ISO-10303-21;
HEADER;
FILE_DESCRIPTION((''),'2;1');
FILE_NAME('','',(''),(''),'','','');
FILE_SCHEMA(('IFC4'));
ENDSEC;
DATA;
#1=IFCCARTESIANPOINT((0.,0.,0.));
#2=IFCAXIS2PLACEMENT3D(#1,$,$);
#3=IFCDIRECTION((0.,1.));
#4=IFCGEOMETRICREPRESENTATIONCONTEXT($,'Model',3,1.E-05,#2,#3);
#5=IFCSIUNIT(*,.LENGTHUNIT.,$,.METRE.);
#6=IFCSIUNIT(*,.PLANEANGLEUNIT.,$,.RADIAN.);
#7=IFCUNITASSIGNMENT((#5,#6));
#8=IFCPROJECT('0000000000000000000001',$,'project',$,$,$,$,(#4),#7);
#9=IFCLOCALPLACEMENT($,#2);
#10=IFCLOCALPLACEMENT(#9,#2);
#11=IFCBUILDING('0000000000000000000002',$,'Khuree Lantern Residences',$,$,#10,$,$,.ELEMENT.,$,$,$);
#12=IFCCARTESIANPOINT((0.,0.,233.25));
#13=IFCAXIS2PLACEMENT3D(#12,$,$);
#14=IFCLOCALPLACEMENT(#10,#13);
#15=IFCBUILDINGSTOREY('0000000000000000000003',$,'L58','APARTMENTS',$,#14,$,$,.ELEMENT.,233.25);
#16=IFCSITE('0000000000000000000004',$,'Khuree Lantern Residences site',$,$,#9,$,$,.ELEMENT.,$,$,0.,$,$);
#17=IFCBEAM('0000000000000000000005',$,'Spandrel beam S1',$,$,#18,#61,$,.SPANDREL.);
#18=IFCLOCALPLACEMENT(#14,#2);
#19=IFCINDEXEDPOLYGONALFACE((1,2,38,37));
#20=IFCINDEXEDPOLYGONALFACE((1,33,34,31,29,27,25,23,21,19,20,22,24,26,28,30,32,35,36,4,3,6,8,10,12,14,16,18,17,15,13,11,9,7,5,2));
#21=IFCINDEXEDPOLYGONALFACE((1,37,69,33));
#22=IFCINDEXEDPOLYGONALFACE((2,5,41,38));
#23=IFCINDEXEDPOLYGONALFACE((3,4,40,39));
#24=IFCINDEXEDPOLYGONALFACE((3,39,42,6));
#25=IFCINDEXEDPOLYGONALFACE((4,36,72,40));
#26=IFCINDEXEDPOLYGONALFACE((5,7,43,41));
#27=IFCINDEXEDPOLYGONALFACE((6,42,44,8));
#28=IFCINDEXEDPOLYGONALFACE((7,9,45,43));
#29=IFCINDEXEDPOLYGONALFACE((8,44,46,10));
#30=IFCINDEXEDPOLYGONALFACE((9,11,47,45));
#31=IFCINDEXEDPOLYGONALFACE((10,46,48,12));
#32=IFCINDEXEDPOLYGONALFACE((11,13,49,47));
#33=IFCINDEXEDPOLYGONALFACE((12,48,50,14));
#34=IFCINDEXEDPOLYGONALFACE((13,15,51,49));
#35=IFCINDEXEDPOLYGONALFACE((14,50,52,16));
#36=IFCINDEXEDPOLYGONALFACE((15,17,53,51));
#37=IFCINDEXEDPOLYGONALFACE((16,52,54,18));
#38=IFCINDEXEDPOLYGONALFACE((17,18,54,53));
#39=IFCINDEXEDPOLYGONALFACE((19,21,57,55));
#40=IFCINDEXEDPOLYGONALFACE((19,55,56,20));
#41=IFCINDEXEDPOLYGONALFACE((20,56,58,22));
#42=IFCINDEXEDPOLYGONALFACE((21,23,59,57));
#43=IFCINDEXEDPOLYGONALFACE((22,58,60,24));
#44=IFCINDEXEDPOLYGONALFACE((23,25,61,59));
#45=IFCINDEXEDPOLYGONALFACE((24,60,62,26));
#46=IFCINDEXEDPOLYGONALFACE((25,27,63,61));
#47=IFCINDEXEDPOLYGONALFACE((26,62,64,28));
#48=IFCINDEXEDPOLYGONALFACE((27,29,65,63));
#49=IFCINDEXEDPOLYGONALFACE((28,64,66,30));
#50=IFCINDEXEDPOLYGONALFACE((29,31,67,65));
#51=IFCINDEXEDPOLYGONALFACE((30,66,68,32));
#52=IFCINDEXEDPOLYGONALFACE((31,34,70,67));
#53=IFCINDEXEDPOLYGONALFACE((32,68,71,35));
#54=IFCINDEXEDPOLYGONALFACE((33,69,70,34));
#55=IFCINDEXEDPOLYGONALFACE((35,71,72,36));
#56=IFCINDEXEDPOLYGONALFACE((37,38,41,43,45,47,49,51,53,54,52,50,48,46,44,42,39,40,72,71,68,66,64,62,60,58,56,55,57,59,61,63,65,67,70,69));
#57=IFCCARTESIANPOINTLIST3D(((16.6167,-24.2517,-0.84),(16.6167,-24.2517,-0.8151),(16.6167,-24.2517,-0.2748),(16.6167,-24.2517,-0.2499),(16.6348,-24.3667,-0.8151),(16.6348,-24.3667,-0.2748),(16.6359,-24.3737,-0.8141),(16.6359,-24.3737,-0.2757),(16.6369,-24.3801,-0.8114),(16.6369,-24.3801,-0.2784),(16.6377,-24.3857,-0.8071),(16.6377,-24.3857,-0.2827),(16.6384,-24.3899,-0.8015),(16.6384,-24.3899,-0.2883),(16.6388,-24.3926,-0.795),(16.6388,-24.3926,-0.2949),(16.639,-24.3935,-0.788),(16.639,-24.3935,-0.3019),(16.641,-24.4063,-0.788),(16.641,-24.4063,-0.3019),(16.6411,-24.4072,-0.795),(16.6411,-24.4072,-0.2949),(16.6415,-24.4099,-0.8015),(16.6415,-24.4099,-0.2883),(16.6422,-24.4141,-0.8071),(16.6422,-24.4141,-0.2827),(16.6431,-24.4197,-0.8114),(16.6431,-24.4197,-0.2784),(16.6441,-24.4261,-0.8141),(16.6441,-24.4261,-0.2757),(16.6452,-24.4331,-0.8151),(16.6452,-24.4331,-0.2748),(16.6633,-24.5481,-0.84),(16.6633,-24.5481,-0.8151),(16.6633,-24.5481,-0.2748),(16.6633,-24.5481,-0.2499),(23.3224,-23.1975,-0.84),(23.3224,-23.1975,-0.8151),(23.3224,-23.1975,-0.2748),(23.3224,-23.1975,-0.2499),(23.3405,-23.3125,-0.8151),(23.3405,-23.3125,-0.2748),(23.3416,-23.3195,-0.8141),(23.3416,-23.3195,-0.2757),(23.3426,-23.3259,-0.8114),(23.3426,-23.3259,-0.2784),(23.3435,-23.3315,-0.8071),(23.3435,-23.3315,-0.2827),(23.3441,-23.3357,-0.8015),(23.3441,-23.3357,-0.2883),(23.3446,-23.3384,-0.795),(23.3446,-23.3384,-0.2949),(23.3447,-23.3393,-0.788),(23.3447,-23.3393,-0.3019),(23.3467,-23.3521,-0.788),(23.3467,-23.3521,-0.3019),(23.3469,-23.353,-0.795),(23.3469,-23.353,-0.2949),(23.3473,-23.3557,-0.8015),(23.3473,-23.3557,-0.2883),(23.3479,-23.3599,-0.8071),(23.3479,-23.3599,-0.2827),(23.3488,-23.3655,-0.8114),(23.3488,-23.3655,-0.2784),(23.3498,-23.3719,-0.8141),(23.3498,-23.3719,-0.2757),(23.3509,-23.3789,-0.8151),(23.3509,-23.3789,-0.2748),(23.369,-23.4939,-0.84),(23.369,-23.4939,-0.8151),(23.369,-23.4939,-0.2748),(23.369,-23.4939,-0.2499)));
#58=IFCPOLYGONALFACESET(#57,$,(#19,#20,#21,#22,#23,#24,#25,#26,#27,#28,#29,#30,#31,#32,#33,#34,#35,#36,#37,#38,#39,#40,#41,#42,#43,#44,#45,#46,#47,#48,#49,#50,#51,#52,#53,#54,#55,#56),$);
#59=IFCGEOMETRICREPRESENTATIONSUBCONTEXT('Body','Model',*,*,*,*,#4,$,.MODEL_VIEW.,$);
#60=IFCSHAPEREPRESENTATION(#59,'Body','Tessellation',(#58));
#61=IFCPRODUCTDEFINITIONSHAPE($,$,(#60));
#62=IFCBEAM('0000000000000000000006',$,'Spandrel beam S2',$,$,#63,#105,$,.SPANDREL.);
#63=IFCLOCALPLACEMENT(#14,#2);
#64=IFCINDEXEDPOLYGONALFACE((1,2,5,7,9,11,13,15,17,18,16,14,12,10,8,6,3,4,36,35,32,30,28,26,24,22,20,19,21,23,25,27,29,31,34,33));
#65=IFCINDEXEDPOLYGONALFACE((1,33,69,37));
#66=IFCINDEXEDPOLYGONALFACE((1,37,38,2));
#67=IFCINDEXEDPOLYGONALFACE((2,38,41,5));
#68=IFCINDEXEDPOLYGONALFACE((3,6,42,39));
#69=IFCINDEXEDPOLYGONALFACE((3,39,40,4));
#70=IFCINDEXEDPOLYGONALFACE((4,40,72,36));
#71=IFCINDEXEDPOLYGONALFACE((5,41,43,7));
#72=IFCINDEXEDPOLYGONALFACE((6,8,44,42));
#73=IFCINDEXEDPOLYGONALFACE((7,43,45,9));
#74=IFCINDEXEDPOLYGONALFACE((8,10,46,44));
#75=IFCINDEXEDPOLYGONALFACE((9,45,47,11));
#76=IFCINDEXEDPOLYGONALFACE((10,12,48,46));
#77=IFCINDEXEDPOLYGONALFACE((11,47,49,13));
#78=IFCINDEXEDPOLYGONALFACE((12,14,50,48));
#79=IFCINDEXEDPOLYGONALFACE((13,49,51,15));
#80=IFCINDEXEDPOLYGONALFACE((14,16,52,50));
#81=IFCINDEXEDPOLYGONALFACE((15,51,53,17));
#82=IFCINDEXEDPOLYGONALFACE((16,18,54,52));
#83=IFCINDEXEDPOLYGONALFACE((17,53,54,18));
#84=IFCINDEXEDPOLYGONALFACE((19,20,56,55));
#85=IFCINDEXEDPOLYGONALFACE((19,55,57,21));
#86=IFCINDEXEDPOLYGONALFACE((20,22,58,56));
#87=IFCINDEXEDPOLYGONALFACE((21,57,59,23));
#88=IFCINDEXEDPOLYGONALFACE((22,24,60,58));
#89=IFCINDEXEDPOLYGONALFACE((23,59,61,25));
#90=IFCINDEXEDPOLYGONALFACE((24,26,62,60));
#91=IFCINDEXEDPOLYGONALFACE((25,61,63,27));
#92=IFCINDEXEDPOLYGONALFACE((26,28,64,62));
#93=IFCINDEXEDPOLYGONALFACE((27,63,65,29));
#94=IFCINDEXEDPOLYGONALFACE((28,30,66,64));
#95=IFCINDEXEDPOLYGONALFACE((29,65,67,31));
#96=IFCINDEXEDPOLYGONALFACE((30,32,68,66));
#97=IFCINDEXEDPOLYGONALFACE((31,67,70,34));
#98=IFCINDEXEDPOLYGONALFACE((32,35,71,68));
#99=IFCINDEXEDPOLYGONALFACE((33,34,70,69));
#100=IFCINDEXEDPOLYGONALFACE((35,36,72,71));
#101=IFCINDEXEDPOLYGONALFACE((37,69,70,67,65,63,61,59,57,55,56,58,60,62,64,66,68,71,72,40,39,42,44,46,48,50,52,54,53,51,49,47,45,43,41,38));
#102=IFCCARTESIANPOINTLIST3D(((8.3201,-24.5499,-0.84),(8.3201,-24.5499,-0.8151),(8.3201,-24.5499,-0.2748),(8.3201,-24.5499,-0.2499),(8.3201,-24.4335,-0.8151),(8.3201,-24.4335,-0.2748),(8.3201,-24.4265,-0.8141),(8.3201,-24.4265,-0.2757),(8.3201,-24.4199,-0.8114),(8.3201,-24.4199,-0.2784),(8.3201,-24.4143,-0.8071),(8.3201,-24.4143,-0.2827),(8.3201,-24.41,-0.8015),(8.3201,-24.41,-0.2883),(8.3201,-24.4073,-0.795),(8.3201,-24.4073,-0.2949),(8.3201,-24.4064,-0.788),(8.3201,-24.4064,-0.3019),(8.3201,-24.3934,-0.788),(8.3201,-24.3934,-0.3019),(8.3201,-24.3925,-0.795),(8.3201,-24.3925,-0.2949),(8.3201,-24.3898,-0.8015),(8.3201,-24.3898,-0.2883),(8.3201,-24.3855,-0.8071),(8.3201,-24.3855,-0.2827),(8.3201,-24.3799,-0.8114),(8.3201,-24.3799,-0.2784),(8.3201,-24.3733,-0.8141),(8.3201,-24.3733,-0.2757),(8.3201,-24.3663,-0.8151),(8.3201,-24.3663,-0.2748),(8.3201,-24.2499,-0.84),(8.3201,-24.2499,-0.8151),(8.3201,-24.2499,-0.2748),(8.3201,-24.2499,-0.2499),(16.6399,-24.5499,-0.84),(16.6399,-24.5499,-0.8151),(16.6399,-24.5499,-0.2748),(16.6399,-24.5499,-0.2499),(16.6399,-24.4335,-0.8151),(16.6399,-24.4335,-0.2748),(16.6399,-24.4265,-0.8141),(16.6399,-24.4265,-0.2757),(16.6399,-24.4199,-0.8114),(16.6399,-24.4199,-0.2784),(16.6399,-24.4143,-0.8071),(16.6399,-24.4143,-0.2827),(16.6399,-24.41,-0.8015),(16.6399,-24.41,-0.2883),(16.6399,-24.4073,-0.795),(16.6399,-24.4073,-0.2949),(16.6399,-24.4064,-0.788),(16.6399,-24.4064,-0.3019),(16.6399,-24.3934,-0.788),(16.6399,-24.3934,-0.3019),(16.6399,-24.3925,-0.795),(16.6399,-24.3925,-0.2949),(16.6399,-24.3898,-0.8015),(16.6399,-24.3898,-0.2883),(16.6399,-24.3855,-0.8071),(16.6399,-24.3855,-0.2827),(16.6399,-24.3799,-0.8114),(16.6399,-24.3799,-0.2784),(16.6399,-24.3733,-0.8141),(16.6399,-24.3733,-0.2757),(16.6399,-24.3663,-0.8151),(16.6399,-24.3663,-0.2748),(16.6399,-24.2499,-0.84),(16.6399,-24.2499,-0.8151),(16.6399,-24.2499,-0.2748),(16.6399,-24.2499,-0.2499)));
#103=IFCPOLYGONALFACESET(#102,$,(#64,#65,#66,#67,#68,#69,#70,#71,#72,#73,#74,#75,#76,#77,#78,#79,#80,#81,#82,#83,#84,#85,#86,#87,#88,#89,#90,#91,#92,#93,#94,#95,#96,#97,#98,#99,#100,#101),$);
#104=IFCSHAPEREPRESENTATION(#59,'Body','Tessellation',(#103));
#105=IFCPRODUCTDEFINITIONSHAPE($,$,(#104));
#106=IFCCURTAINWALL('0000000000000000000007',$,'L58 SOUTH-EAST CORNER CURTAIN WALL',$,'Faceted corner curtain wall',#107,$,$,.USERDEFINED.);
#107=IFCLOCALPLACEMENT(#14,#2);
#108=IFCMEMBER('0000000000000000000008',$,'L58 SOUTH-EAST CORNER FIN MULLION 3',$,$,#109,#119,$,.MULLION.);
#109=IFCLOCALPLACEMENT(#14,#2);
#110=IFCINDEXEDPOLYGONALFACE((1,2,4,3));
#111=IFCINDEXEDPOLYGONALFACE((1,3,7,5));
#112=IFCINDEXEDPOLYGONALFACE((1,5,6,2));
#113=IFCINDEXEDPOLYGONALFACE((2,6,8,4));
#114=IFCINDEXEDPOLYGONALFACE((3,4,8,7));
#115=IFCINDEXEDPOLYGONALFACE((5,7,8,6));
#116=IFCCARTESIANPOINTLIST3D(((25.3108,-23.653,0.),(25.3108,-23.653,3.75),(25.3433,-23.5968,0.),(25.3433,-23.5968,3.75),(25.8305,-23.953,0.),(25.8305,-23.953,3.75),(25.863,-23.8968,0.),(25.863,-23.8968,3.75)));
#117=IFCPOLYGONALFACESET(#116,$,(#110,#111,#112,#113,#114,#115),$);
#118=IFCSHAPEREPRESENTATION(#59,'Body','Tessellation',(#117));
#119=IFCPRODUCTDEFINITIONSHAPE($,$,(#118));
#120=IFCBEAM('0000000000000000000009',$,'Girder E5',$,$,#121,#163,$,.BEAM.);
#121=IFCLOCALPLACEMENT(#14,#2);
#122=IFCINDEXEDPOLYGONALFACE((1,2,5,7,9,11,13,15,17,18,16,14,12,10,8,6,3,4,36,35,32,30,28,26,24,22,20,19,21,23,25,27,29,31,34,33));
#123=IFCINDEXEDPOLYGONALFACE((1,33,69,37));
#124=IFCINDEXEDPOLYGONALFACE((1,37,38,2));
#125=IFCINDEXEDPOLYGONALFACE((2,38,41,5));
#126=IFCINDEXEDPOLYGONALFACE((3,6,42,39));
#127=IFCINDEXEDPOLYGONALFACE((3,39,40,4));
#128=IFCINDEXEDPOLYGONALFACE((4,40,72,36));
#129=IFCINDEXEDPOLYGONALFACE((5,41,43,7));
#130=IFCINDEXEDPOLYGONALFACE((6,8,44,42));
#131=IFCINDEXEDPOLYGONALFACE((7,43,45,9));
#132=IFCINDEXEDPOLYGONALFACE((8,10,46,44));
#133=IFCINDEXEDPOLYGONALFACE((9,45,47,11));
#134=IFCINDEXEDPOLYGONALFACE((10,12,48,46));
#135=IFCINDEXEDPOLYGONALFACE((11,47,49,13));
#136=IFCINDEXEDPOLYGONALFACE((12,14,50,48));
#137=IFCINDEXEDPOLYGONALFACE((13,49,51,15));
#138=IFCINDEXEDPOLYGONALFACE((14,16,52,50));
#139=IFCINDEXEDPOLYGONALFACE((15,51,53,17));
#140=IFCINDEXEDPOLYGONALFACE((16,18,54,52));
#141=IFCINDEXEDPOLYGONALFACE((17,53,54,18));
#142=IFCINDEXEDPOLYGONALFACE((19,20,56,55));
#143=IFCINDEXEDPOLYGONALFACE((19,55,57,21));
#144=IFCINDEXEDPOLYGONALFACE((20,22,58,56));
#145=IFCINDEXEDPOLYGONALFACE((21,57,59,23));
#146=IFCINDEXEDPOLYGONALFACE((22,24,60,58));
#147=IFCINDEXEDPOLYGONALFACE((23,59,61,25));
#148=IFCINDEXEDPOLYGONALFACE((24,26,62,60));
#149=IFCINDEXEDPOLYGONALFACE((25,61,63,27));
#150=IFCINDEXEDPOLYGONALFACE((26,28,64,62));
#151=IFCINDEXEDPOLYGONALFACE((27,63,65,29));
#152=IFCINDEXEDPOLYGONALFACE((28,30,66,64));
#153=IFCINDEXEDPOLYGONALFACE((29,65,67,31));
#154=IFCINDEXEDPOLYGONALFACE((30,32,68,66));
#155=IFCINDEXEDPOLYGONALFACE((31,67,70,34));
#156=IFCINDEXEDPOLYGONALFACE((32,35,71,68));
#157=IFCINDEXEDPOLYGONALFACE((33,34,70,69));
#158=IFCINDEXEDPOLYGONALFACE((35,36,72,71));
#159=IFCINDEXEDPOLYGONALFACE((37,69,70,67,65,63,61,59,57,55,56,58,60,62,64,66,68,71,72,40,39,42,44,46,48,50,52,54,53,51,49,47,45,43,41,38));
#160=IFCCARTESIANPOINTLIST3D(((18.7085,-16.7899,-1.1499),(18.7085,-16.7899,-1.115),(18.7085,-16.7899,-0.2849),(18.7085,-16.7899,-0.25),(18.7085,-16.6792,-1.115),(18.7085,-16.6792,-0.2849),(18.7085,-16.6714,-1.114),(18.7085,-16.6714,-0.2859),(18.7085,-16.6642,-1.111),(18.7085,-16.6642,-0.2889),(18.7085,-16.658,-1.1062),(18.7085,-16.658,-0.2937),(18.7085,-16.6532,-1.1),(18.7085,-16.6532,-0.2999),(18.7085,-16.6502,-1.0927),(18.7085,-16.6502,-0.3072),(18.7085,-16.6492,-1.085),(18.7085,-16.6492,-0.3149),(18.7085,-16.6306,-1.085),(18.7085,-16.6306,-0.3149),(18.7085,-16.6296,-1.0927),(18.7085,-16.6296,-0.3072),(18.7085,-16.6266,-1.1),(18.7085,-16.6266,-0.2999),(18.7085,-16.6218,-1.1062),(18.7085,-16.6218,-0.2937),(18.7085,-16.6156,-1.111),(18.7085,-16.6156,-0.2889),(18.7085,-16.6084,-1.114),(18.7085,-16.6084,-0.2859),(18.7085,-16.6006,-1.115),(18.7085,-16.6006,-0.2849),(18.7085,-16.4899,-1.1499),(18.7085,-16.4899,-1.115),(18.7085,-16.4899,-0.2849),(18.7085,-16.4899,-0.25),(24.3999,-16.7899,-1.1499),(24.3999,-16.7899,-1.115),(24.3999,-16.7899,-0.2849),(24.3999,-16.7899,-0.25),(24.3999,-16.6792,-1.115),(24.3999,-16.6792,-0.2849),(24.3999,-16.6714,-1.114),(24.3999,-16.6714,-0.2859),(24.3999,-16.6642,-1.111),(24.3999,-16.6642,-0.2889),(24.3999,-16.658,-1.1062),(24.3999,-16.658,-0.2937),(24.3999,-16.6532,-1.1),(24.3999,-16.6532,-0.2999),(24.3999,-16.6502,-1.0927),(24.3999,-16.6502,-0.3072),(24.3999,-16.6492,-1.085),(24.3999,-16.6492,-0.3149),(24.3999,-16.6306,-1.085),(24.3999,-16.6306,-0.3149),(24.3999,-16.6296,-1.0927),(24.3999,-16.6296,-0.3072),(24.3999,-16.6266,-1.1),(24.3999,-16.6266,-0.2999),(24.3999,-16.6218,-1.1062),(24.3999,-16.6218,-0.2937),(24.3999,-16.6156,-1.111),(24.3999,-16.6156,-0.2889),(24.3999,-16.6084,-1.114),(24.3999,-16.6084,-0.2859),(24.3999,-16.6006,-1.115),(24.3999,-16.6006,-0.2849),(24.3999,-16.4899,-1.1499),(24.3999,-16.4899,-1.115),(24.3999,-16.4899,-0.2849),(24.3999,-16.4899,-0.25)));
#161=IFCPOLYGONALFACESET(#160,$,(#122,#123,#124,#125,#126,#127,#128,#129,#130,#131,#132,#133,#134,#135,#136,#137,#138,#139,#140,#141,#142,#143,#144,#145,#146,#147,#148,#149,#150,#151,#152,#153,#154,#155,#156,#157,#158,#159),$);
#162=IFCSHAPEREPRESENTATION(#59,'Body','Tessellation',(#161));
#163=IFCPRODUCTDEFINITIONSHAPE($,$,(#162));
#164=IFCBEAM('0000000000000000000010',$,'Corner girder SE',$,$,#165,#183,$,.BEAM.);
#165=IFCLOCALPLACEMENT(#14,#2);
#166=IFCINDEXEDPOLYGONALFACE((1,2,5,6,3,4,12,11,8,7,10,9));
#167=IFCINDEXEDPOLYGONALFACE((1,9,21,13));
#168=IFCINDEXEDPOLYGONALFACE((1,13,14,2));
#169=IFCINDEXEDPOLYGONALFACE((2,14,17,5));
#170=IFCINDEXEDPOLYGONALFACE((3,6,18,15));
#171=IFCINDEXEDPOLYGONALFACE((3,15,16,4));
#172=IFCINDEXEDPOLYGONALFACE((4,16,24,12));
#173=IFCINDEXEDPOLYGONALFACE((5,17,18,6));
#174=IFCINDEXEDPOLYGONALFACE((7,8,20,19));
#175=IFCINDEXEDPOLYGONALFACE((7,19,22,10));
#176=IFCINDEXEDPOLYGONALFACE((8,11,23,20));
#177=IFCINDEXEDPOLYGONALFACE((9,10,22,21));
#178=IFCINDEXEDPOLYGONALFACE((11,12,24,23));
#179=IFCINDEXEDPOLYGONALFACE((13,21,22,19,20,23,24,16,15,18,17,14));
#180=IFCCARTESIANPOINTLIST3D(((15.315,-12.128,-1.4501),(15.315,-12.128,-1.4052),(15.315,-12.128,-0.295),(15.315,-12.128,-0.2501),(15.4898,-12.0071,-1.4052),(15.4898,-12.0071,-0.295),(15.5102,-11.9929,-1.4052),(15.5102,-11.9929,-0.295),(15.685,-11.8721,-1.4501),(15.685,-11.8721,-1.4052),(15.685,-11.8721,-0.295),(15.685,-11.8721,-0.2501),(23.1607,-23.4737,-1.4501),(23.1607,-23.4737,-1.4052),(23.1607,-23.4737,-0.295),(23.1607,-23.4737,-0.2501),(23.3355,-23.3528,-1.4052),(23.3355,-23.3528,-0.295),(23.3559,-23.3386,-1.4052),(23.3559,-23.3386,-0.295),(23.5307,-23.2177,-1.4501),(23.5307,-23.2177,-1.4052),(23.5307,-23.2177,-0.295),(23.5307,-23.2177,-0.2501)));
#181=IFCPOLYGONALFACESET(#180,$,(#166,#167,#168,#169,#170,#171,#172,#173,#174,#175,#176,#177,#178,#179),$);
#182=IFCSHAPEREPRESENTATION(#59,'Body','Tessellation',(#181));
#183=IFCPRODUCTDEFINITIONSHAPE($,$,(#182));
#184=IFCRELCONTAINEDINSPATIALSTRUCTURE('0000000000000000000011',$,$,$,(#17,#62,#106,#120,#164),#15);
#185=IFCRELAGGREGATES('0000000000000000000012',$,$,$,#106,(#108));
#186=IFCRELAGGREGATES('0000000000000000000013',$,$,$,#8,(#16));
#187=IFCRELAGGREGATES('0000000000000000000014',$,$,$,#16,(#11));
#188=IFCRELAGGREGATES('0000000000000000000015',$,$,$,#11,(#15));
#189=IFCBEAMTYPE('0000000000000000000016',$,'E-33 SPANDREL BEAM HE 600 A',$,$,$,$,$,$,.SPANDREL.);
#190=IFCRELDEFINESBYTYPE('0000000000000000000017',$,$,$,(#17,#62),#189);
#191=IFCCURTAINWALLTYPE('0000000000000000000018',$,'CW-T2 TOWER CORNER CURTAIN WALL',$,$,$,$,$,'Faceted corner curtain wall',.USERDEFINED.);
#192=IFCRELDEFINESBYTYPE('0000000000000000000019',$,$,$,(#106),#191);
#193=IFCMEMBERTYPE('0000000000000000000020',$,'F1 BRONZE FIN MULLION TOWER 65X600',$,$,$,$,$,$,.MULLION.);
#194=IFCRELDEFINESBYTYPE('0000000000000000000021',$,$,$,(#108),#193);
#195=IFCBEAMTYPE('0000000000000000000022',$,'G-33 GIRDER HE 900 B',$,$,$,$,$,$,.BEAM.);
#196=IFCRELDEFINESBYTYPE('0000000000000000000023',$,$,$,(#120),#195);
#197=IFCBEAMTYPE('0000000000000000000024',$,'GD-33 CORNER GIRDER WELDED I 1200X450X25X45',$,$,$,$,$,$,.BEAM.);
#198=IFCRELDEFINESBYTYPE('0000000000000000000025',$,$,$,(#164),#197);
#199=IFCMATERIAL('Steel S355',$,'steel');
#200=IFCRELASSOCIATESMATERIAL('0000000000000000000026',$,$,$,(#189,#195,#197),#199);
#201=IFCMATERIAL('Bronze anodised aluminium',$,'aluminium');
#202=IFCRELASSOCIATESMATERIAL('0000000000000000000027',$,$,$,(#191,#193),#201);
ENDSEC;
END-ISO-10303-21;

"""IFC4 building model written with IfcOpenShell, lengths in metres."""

from ifc_helpers import new_model, si_unit, direction, frame, origin, origin_2d, place, context, subcontext, project, spatial, rectangle, i_section, extrude, material, material_profile, profile_set, type_object, element, aggregate, save


model = new_model("IFC4")

# Units and contexts
model_context = context("Model", 3, precision=1e-05, world=origin(), true_north=direction((0.0, 1.0)))
body_context = subcontext(model_context, "Body", "Model", "MODEL_VIEW")
ifc_project = project(units=[si_unit("LENGTHUNIT", "METRE"), si_unit("PLANEANGLEUNIT", "RADIAN")], contexts=[model_context])

# Site, building, storey
site_placement = place(None, origin())
site = spatial("IfcSite", under=ifc_project, at=site_placement, Name="Khuree Lantern Residences site", CompositionType="ELEMENT", RefElevation=0.0)
building_placement = place(site_placement, origin())
building = spatial("IfcBuilding", under=site, at=building_placement, Name="Khuree Lantern Residences", CompositionType="ELEMENT")
storey_placement = place(building_placement, frame((0.0, 0.0, 233.25)))
storey = spatial("IfcBuildingStorey", under=building, at=storey_placement, Name="L58", Description="APARTMENTS", CompositionType="ELEMENT", Elevation=233.25)

# Beams
ifc_material_1 = material(Name="Steel S355", Category="steel")
ifc_material_profile_1 = material_profile(ifc_material_1, i_section(OverallWidth=0.3, OverallDepth=0.5901, WebThickness=0.0129, FlangeThickness=0.0249, FilletRadius=0.0271, at=origin_2d()), Name="HE 600 A")
ifc_profile_set_1 = profile_set([ifc_material_profile_1], Name="Steel S355")
beam_type_1 = type_object("IfcBeamType", Name="E-33 SPANDREL BEAM HE 600 A", PredefinedType="SPANDREL", material=ifc_profile_set_1)
for number, where, z_axis, x_axis, name in (
    (1, (23.3457, -23.3457, -0.5449), (-0.987867, -0.1553, 0.0), (0.1553, -0.987867, 0.0), "Spandrel beam S1"),
):
    element("IfcBeam", number, at=place(storey_placement, frame(where, z_axis=z_axis, x_axis=x_axis)), inside=storey, type_object=beam_type_1, Name=name, PredefinedType="SPANDREL", context=body_context, shape_type="SweptSolid", body=[
        extrude(i_section(OverallWidth=0.3, OverallDepth=0.5901, WebThickness=0.0129, FlangeThickness=0.0249, FilletRadius=0.0271, at=origin_2d()), origin(), (0.0, 0.0, 1.0), 6.7881),
    ])
beam_1_placement = place(storey_placement, frame((16.6399, -24.3999, -0.5449), z_axis=(-1.0, 0.0, 0.0), x_axis=(0.0, -1.0, 0.0)))
element("IfcBeam", 2, at=beam_1_placement, inside=storey, type_object=beam_type_1, Name="Spandrel beam S2", PredefinedType="SPANDREL", context=body_context, shape_type="SweptSolid", body=[
    extrude(i_section(OverallWidth=0.3, OverallDepth=0.5901, WebThickness=0.0129, FlangeThickness=0.0249, FilletRadius=0.0271, at=origin_2d()), origin(), (0.0, 0.0, 1.0), 8.3198),
])

# Curtain wall, member
ifc_material_2 = material(Name="Bronze anodised aluminium", Category="aluminium")
curtain_wall_type_1 = type_object("IfcCurtainWallType", Name="CW-T2 TOWER CORNER CURTAIN WALL", ElementType="Faceted corner curtain wall", PredefinedType="USERDEFINED", material=ifc_material_2)
curtain_wall_1_placement = place(storey_placement, origin())
curtain_wall_1 = element("IfcCurtainWall", 3, at=curtain_wall_1_placement, inside=storey, type_object=curtain_wall_type_1, Name="L58 SOUTH-EAST CORNER CURTAIN WALL", ObjectType="Faceted corner curtain wall", PredefinedType="USERDEFINED")
ifc_material_profile_2 = material_profile(ifc_material_2, rectangle(XDim=0.0649, YDim=0.6001, at=origin_2d()), Name="F1 65X600")
ifc_profile_set_2 = profile_set([ifc_material_profile_2], Name="Bronze anodised aluminium")
member_type_1 = type_object("IfcMemberType", Name="F1 BRONZE FIN MULLION TOWER 65X600", PredefinedType="MULLION", material=ifc_profile_set_2)
member_1_placement = place(storey_placement, frame((25.5869, -23.7749, 0.0), z_axis=(0.0, 0.0, 1.0), x_axis=(0.5, 0.866025, 0.0)))
member_1 = element("IfcMember", 4, at=member_1_placement, type_object=member_type_1, Name="L58 SOUTH-EAST CORNER FIN MULLION 3", PredefinedType="MULLION", context=body_context, shape_type="SweptSolid", body=[
    extrude(rectangle(XDim=0.0649, YDim=0.6001, at=origin_2d()), origin(), (0.0, 0.0, 1.0), 3.75),
])

# Beams
ifc_material_profile_3 = material_profile(ifc_material_1, i_section(OverallWidth=0.3, OverallDepth=0.8999, WebThickness=0.0186, FlangeThickness=0.0349, FilletRadius=0.03, at=origin_2d()), Name="HE 900 B")
ifc_profile_set_3 = profile_set([ifc_material_profile_3], Name="Steel S355")
beam_type_2 = type_object("IfcBeamType", Name="G-33 GIRDER HE 900 B", PredefinedType="BEAM", material=ifc_profile_set_3)
beam_2_placement = place(storey_placement, frame((24.3999, -16.6399, -0.7), z_axis=(-1.0, 0.0, 0.0), x_axis=(0.0, -1.0, 0.0)))
element("IfcBeam", 5, at=beam_2_placement, inside=storey, type_object=beam_type_2, Name="Girder E5", PredefinedType="BEAM", context=body_context, shape_type="SweptSolid", body=[
    extrude(i_section(OverallWidth=0.3, OverallDepth=0.8999, WebThickness=0.0186, FlangeThickness=0.0349, FilletRadius=0.03, at=origin_2d()), origin(), (0.0, 0.0, 1.0), 5.6914),
])
ifc_material_profile_4 = material_profile(ifc_material_1, i_section(OverallWidth=0.45, OverallDepth=1.2, WebThickness=0.0249, FlangeThickness=0.0449, at=origin_2d()), Name="WELDED I 1200X450X25X45")
ifc_profile_set_4 = profile_set([ifc_material_profile_4], Name="Steel S355")
beam_type_3 = type_object("IfcBeamType", Name="GD-33 CORNER GIRDER WELDED I 1200X450X25X45", PredefinedType="BEAM", material=ifc_profile_set_4)
beam_3_placement = place(storey_placement, frame((23.3457, -23.3457, -0.8501), z_axis=(-0.568768, 0.822498, 0.0), x_axis=(-0.822498, -0.568768, 0.0)))
element("IfcBeam", 6, at=beam_3_placement, inside=storey, type_object=beam_type_3, Name="Corner girder SE", PredefinedType="BEAM", context=body_context, shape_type="SweptSolid", body=[
    extrude(i_section(OverallWidth=0.45, OverallDepth=1.2, WebThickness=0.0249, FlangeThickness=0.0449, at=origin_2d()), origin(), (0.0, 0.0, 1.0), 13.7942),
])

aggregate(curtain_wall_1, [member_1])

save(model, "model.ifc")
